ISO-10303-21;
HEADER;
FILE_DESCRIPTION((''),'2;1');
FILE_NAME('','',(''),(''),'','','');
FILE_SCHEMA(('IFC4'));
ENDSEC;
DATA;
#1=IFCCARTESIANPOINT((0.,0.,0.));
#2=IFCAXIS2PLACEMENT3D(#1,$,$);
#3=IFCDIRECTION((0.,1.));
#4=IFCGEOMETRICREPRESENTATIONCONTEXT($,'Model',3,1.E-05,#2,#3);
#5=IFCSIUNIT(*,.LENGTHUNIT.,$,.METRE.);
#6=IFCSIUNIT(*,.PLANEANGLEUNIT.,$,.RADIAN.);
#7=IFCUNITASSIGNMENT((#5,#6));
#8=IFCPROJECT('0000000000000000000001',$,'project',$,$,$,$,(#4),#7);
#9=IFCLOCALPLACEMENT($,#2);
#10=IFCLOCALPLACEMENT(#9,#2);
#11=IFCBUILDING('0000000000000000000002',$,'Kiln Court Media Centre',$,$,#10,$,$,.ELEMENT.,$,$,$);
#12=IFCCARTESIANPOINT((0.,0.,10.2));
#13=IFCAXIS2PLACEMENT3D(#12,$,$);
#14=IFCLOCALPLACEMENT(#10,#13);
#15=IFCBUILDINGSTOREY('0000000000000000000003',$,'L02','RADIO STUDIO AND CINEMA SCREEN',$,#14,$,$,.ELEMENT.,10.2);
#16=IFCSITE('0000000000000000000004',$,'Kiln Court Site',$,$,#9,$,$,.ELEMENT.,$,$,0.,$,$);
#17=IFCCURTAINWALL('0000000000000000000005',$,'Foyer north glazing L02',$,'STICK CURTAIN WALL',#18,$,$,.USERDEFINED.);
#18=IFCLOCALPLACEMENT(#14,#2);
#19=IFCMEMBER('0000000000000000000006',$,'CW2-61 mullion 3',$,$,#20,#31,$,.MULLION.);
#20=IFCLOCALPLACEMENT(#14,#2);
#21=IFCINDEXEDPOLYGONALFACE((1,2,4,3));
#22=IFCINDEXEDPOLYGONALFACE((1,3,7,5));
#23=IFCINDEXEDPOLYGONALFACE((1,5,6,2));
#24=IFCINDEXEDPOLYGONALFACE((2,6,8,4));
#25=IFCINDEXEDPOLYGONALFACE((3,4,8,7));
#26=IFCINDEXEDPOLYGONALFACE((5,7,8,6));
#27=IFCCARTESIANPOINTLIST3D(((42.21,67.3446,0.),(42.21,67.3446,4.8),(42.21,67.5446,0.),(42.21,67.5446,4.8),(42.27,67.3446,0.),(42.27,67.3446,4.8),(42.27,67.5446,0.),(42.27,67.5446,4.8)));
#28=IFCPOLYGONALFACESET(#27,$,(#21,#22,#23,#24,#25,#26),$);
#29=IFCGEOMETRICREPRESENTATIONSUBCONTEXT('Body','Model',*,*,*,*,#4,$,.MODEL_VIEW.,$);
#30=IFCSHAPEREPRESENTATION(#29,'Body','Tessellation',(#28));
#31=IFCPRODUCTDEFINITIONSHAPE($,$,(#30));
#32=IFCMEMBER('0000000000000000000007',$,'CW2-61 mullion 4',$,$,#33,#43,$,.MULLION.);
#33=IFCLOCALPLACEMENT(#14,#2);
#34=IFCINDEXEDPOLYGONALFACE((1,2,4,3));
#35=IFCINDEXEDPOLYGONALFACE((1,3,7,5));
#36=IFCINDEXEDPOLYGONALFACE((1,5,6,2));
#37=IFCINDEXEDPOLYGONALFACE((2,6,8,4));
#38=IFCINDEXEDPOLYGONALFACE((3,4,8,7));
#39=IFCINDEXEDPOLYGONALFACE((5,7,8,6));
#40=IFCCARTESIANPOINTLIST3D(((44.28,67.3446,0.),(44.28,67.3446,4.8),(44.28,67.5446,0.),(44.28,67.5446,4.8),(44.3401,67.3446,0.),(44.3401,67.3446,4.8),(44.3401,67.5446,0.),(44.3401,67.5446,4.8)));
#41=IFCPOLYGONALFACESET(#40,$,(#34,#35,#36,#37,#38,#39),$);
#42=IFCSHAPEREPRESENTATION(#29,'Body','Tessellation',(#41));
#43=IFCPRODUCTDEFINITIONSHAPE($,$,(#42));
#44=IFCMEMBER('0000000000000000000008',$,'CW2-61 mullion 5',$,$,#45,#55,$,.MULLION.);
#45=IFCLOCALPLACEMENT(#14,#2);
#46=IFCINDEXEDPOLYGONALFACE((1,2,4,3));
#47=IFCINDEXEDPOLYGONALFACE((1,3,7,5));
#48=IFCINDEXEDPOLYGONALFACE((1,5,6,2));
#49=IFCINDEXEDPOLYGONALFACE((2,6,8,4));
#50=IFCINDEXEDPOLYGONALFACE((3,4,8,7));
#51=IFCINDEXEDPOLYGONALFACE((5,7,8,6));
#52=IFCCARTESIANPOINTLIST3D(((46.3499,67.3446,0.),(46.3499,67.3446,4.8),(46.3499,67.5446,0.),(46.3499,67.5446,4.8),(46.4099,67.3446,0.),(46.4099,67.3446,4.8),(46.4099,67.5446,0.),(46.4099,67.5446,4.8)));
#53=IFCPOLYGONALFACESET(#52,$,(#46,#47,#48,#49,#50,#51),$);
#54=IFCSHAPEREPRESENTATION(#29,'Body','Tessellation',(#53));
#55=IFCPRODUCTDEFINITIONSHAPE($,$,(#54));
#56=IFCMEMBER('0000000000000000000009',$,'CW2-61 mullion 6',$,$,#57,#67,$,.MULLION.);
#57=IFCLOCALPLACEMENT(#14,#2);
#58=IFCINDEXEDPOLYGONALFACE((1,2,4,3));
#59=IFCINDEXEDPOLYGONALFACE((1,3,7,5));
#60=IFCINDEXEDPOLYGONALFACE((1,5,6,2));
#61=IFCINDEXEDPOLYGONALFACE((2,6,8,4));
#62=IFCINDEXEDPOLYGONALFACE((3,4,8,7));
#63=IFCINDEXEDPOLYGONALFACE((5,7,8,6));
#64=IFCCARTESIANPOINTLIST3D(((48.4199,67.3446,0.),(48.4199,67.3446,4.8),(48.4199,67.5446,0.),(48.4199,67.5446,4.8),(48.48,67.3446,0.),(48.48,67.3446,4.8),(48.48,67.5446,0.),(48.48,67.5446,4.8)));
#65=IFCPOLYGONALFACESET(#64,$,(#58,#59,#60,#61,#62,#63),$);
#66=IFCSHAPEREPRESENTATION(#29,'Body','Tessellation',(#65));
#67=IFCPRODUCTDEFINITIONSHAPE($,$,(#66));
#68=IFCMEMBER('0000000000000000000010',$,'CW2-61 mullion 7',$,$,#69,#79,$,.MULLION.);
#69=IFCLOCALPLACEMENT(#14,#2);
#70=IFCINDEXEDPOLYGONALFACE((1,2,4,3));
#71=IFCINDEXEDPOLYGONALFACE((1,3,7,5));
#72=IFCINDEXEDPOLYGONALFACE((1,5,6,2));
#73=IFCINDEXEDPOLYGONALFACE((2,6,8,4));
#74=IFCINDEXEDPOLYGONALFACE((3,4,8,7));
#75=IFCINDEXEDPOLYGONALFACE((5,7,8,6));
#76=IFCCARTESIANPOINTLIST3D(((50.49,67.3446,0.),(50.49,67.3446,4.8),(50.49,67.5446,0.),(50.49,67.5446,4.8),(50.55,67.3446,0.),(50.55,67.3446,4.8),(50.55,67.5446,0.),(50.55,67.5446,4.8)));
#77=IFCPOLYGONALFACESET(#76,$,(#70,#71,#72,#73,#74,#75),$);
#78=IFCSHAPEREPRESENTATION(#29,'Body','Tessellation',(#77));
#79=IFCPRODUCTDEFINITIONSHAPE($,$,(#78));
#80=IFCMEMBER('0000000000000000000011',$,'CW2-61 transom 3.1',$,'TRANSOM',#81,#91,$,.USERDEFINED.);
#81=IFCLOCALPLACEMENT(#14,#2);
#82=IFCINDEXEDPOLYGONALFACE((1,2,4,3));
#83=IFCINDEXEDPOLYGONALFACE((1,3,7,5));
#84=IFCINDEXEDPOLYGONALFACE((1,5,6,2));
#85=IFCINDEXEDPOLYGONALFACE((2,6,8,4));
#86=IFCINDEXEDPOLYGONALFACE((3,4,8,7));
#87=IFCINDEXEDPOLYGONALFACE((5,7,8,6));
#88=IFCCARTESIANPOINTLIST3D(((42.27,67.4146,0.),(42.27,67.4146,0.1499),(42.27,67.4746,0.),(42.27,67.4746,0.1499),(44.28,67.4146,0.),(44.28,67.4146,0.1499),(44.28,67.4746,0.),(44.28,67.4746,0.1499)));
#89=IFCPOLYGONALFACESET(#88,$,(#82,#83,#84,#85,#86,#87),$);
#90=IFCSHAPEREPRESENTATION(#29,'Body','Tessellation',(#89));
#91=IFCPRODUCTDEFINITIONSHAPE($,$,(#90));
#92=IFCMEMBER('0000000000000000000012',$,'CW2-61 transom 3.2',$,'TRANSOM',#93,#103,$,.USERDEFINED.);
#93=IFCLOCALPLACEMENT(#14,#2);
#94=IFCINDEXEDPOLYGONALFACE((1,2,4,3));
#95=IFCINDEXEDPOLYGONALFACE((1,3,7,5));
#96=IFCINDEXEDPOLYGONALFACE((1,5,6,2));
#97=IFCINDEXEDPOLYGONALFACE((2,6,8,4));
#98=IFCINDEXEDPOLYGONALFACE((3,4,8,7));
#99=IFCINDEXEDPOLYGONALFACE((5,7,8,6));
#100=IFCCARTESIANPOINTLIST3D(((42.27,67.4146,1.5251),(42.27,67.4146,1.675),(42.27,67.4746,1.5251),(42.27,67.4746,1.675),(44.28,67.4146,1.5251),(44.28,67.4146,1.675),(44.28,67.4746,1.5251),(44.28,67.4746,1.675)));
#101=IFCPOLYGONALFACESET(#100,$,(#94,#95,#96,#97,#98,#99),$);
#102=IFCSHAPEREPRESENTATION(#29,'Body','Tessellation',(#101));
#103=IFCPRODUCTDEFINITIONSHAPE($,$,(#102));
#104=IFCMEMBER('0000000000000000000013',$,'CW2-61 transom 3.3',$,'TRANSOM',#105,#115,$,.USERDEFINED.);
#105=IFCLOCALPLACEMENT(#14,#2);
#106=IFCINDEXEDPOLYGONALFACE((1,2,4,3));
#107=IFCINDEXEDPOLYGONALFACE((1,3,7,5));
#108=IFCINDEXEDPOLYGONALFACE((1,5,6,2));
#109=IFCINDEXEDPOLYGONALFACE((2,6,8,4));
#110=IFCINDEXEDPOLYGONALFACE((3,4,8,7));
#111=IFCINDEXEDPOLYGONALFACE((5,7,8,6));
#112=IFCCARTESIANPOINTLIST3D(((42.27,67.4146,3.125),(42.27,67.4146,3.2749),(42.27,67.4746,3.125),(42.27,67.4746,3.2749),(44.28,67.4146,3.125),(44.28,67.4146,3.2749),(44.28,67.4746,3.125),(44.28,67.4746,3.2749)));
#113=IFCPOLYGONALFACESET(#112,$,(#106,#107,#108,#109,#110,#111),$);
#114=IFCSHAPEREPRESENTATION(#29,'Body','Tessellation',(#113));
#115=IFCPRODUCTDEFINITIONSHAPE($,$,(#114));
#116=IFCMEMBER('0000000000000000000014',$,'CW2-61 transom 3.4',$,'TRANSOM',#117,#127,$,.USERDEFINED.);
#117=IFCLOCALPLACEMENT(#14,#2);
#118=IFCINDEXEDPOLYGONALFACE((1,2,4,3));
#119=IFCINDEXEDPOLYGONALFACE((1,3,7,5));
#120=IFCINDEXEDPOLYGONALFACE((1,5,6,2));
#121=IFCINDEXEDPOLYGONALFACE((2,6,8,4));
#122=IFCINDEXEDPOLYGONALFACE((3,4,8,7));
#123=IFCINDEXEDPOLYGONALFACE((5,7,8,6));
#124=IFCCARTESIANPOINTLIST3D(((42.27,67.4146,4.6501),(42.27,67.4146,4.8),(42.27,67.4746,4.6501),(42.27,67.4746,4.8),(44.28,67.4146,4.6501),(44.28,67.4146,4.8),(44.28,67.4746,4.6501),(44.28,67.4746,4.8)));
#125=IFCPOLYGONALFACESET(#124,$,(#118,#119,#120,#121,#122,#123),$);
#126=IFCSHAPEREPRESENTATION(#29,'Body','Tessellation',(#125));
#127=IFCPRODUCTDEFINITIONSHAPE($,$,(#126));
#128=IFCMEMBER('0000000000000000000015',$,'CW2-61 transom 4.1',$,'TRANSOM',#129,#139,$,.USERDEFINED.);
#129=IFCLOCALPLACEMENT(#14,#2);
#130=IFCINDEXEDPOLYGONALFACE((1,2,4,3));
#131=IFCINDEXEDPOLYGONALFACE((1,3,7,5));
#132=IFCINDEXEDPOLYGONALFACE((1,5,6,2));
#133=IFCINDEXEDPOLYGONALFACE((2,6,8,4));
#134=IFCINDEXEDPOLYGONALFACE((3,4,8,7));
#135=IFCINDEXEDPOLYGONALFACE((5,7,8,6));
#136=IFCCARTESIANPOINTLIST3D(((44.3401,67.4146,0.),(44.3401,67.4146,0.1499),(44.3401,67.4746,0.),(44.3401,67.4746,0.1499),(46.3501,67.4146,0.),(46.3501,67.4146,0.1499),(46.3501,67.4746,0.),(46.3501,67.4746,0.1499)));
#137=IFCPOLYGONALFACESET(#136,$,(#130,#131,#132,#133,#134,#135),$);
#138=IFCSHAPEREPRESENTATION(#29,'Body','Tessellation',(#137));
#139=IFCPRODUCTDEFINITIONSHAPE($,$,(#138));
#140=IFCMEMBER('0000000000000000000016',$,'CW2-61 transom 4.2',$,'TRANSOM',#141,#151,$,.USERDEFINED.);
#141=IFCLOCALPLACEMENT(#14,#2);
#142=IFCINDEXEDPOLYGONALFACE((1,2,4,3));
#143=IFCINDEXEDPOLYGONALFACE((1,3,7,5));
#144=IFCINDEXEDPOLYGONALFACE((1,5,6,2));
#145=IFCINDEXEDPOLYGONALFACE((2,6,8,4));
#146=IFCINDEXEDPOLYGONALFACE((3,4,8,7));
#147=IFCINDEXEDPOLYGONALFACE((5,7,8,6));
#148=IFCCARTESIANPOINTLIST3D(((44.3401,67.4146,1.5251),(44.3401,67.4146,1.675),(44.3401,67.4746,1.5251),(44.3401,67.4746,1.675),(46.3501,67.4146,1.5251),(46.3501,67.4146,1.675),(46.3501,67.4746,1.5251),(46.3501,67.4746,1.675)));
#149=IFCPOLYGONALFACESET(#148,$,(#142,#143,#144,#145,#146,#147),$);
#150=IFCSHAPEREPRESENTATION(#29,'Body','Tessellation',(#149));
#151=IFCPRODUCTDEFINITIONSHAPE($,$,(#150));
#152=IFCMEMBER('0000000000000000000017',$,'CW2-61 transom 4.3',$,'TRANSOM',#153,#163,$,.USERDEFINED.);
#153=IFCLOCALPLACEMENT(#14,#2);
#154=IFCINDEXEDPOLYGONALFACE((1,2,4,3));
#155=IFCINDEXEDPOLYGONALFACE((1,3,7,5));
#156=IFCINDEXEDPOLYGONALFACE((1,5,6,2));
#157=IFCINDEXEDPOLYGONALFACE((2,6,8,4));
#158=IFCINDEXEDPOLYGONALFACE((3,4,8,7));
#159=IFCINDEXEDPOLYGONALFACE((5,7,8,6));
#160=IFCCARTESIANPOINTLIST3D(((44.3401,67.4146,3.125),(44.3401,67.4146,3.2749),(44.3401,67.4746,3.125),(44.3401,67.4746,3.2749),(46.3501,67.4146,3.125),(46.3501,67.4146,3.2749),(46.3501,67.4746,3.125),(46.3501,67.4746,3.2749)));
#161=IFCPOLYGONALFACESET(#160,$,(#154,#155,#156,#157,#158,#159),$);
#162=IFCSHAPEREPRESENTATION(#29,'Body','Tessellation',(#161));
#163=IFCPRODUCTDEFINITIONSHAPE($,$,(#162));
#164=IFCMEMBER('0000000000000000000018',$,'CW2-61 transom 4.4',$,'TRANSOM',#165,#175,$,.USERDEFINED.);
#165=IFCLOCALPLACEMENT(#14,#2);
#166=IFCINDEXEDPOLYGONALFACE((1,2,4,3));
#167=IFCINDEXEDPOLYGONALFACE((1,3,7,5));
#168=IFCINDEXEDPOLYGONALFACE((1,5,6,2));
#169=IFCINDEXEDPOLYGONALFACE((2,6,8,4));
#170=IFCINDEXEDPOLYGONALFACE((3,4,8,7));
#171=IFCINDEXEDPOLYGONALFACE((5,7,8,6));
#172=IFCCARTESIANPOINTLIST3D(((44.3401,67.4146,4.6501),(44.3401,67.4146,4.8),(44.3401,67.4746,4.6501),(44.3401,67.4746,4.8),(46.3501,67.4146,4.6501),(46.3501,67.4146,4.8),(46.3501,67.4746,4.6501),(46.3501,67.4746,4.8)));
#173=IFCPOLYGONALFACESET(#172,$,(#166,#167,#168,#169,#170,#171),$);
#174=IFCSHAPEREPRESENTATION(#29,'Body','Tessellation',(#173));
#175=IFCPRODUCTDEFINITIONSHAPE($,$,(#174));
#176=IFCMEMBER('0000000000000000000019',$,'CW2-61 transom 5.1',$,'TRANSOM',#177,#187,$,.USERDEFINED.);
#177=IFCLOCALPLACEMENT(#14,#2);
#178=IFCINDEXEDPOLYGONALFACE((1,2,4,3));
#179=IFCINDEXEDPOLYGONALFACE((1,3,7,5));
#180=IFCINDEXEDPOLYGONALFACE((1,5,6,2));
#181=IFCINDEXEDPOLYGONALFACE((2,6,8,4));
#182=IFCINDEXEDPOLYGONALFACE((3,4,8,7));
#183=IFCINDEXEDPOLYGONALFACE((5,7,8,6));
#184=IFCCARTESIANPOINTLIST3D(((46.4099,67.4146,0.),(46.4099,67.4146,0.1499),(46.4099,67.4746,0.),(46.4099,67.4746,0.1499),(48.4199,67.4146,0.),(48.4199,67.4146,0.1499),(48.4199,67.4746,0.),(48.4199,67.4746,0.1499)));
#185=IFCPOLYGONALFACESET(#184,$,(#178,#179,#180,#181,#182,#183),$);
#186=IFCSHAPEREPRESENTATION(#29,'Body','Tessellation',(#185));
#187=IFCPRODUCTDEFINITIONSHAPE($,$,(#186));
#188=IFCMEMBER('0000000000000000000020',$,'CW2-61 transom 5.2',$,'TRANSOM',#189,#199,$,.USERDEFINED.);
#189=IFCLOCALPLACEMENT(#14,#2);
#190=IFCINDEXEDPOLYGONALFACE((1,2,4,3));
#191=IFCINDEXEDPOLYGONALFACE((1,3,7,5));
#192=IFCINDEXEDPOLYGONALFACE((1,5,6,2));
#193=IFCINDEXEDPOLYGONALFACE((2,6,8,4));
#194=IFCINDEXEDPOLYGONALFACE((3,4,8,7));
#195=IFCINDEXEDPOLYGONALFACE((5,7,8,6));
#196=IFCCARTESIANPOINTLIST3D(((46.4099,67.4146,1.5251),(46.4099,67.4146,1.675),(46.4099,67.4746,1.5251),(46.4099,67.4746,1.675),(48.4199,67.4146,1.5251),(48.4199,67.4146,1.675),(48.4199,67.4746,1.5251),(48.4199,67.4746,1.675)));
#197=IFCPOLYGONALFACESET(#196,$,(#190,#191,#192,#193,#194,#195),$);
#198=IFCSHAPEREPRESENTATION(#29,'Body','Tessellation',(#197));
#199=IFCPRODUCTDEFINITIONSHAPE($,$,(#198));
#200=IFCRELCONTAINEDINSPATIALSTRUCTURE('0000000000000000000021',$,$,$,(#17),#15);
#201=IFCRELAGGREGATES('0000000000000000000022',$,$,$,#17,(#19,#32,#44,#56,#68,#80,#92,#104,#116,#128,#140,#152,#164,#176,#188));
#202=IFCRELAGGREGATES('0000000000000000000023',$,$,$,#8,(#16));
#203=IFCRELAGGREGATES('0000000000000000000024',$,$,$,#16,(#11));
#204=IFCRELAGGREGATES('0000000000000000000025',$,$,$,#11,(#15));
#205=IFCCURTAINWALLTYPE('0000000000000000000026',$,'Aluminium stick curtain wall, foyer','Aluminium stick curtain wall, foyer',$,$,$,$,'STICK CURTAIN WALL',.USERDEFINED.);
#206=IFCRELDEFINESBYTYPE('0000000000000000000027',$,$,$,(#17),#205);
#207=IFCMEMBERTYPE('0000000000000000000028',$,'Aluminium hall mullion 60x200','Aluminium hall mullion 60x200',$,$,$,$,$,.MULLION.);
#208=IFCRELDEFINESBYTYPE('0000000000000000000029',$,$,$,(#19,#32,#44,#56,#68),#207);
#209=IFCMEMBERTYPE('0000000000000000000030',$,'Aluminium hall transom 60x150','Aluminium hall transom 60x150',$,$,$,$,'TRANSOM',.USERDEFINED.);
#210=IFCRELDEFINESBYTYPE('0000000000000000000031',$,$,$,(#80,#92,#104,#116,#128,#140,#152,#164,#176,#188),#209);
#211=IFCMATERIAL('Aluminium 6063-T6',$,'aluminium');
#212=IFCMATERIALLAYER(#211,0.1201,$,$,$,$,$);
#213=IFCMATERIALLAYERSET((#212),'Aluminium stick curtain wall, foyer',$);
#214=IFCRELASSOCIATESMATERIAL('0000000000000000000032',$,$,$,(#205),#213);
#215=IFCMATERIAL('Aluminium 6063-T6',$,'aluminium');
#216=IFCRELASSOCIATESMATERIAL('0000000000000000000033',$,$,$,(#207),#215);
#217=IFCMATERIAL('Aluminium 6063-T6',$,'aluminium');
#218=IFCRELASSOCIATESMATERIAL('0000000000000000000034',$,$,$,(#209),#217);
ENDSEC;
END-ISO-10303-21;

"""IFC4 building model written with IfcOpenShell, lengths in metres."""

from ifc_helpers import new_model, si_unit, direction, frame, origin, origin_2d, place, context, subcontext, project, spatial, rectangle, extrude, material, layer, layer_set, material_profile, profile_set, type_object, element, aggregate, save


model = new_model("IFC4")

# Units and contexts
model_context = context("Model", 3, precision=1e-05, world=origin(), true_north=direction((0.0, 1.0)))
body_context = subcontext(model_context, "Body", "Model", "MODEL_VIEW")
ifc_project = project(units=[si_unit("LENGTHUNIT", "METRE"), si_unit("PLANEANGLEUNIT", "RADIAN")], contexts=[model_context])

# Site, building, storey
site_placement = place(None, origin())
site = spatial("IfcSite", under=ifc_project, at=site_placement, Name="Kiln Court Site", CompositionType="ELEMENT", RefElevation=0.0)
building_placement = place(site_placement, origin())
building = spatial("IfcBuilding", under=site, at=building_placement, Name="Kiln Court Media Centre", CompositionType="ELEMENT")
storey_placement = place(building_placement, frame((0.0, 0.0, 10.2)))
storey = spatial("IfcBuildingStorey", under=building, at=storey_placement, Name="L02", Description="RADIO STUDIO AND CINEMA SCREEN", CompositionType="ELEMENT", Elevation=10.2)

# Curtain wall, members
ifc_material_1 = material(Name="Aluminium 6063-T6", Category="aluminium")
ifc_layer_1 = layer(ifc_material_1, 0.1201)
ifc_layer_set_1 = layer_set([ifc_layer_1], Name="Aluminium stick curtain wall, foyer")
curtain_wall_type = type_object("IfcCurtainWallType", Name="Aluminium stick curtain wall, foyer", Description="Aluminium stick curtain wall, foyer", ElementType="STICK CURTAIN WALL", PredefinedType="USERDEFINED", material=ifc_layer_set_1)
curtain_wall_placement = place(storey_placement, origin())
curtain_wall = element("IfcCurtainWall", 1, at=curtain_wall_placement, inside=storey, type_object=curtain_wall_type, Name="Foyer north glazing L02", ObjectType="STICK CURTAIN WALL", PredefinedType="USERDEFINED")
ifc_material_2 = material(Name="Aluminium 6063-T6", Category="aluminium")
ifc_material_profile_1 = material_profile(ifc_material_2, rectangle(XDim=0.0601, YDim=0.2, at=origin_2d()), Name="Aluminium hall mullion 60x200")
ifc_profile_set_1 = profile_set([ifc_material_profile_1], Name="Aluminium 6063-T6")
member_type_1 = type_object("IfcMemberType", Name="Aluminium hall mullion 60x200", Description="Aluminium hall mullion 60x200", PredefinedType="MULLION", material=ifc_profile_set_1)
member_1_placement = place(storey_placement, frame((42.24, 67.4446, 0.0), z_axis=(0.0, 0.0, 1.0), x_axis=(1.0, 0.0, 0.0)))
member_1 = element("IfcMember", 2, at=member_1_placement, type_object=member_type_1, Name="CW2-61 mullion 3", PredefinedType="MULLION", context=body_context, shape_type="SweptSolid", body=[
    extrude(rectangle(XDim=0.0601, YDim=0.2, at=origin_2d()), origin(), (0.0, 0.0, 1.0), 4.8),
])
member_2_placement = place(storey_placement, frame((44.3101, 67.4446, 0.0), z_axis=(0.0, 0.0, 1.0), x_axis=(1.0, 0.0, 0.0)))
member_2 = element("IfcMember", 3, at=member_2_placement, type_object=member_type_1, Name="CW2-61 mullion 4", PredefinedType="MULLION", context=body_context, shape_type="SweptSolid", body=[
    extrude(rectangle(XDim=0.0601, YDim=0.2, at=origin_2d()), origin(), (0.0, 0.0, 1.0), 4.8),
])
member_3_placement = place(storey_placement, frame((46.3799, 67.4446, 0.0), z_axis=(0.0, 0.0, 1.0), x_axis=(1.0, 0.0, 0.0)))
member_3 = element("IfcMember", 4, at=member_3_placement, type_object=member_type_1, Name="CW2-61 mullion 5", PredefinedType="MULLION", context=body_context, shape_type="SweptSolid", body=[
    extrude(rectangle(XDim=0.0601, YDim=0.2, at=origin_2d()), origin(), (0.0, 0.0, 1.0), 4.8),
])
member_4_placement = place(storey_placement, frame((48.45, 67.4446, 0.0), z_axis=(0.0, 0.0, 1.0), x_axis=(1.0, 0.0, 0.0)))
member_4 = element("IfcMember", 5, at=member_4_placement, type_object=member_type_1, Name="CW2-61 mullion 6", PredefinedType="MULLION", context=body_context, shape_type="SweptSolid", body=[
    extrude(rectangle(XDim=0.0601, YDim=0.2, at=origin_2d()), origin(), (0.0, 0.0, 1.0), 4.8),
])
member_5_placement = place(storey_placement, frame((50.52, 67.4446, 0.0), z_axis=(0.0, 0.0, 1.0), x_axis=(1.0, 0.0, 0.0)))
member_5 = element("IfcMember", 6, at=member_5_placement, type_object=member_type_1, Name="CW2-61 mullion 7", PredefinedType="MULLION", context=body_context, shape_type="SweptSolid", body=[
    extrude(rectangle(XDim=0.0601, YDim=0.2, at=origin_2d()), origin(), (0.0, 0.0, 1.0), 4.8),
])
ifc_material_3 = material(Name="Aluminium 6063-T6", Category="aluminium")
ifc_material_profile_2 = material_profile(ifc_material_3, rectangle(XDim=0.0601, YDim=0.1499, at=origin_2d()), Name="Aluminium hall transom 60x150")
ifc_profile_set_2 = profile_set([ifc_material_profile_2], Name="Aluminium 6063-T6")
member_type_2 = type_object("IfcMemberType", Name="Aluminium hall transom 60x150", Description="Aluminium hall transom 60x150", ElementType="TRANSOM", PredefinedType="USERDEFINED", material=ifc_profile_set_2)
member_6_placement = place(storey_placement, frame((42.27, 67.4446, 0.075), z_axis=(1.0, 0.0, 0.0), x_axis=(0.0, 1.0, 0.0)))
member_6 = element("IfcMember", 7, at=member_6_placement, type_object=member_type_2, Name="CW2-61 transom 3.1", ObjectType="TRANSOM", PredefinedType="USERDEFINED", context=body_context, shape_type="SweptSolid", body=[
    extrude(rectangle(XDim=0.0601, YDim=0.1499, at=origin_2d()), origin(), (0.0, 0.0, 1.0), 2.01),
])
member_7_placement = place(storey_placement, frame((42.27, 67.4446, 1.6001), z_axis=(1.0, 0.0, 0.0), x_axis=(0.0, 1.0, 0.0)))
member_7 = element("IfcMember", 8, at=member_7_placement, type_object=member_type_2, Name="CW2-61 transom 3.2", ObjectType="TRANSOM", PredefinedType="USERDEFINED", context=body_context, shape_type="SweptSolid", body=[
    extrude(rectangle(XDim=0.0601, YDim=0.1499, at=origin_2d()), origin(), (0.0, 0.0, 1.0), 2.01),
])
member_8_placement = place(storey_placement, frame((42.27, 67.4446, 3.2), z_axis=(1.0, 0.0, 0.0), x_axis=(0.0, 1.0, 0.0)))
member_8 = element("IfcMember", 9, at=member_8_placement, type_object=member_type_2, Name="CW2-61 transom 3.3", ObjectType="TRANSOM", PredefinedType="USERDEFINED", context=body_context, shape_type="SweptSolid", body=[
    extrude(rectangle(XDim=0.0601, YDim=0.1499, at=origin_2d()), origin(), (0.0, 0.0, 1.0), 2.01),
])
member_9_placement = place(storey_placement, frame((42.27, 67.4446, 4.7251), z_axis=(1.0, 0.0, 0.0), x_axis=(0.0, 1.0, 0.0)))
member_9 = element("IfcMember", 10, at=member_9_placement, type_object=member_type_2, Name="CW2-61 transom 3.4", ObjectType="TRANSOM", PredefinedType="USERDEFINED", context=body_context, shape_type="SweptSolid", body=[
    extrude(rectangle(XDim=0.0601, YDim=0.1499, at=origin_2d()), origin(), (0.0, 0.0, 1.0), 2.01),
])
member_10_placement = place(storey_placement, frame((44.3401, 67.4446, 0.075), z_axis=(1.0, 0.0, 0.0), x_axis=(0.0, 1.0, 0.0)))
member_10 = element("IfcMember", 11, at=member_10_placement, type_object=member_type_2, Name="CW2-61 transom 4.1", ObjectType="TRANSOM", PredefinedType="USERDEFINED", context=body_context, shape_type="SweptSolid", body=[
    extrude(rectangle(XDim=0.0601, YDim=0.1499, at=origin_2d()), origin(), (0.0, 0.0, 1.0), 2.01),
])
member_11_placement = place(storey_placement, frame((44.3401, 67.4446, 1.6001), z_axis=(1.0, 0.0, 0.0), x_axis=(0.0, 1.0, 0.0)))
member_11 = element("IfcMember", 12, at=member_11_placement, type_object=member_type_2, Name="CW2-61 transom 4.2", ObjectType="TRANSOM", PredefinedType="USERDEFINED", context=body_context, shape_type="SweptSolid", body=[
    extrude(rectangle(XDim=0.0601, YDim=0.1499, at=origin_2d()), origin(), (0.0, 0.0, 1.0), 2.01),
])
member_12_placement = place(storey_placement, frame((44.3401, 67.4446, 3.2), z_axis=(1.0, 0.0, 0.0), x_axis=(0.0, 1.0, 0.0)))
member_12 = element("IfcMember", 13, at=member_12_placement, type_object=member_type_2, Name="CW2-61 transom 4.3", ObjectType="TRANSOM", PredefinedType="USERDEFINED", context=body_context, shape_type="SweptSolid", body=[
    extrude(rectangle(XDim=0.0601, YDim=0.1499, at=origin_2d()), origin(), (0.0, 0.0, 1.0), 2.01),
])
member_13_placement = place(storey_placement, frame((44.3401, 67.4446, 4.7251), z_axis=(1.0, 0.0, 0.0), x_axis=(0.0, 1.0, 0.0)))
member_13 = element("IfcMember", 14, at=member_13_placement, type_object=member_type_2, Name="CW2-61 transom 4.4", ObjectType="TRANSOM", PredefinedType="USERDEFINED", context=body_context, shape_type="SweptSolid", body=[
    extrude(rectangle(XDim=0.0601, YDim=0.1499, at=origin_2d()), origin(), (0.0, 0.0, 1.0), 2.01),
])
member_14_placement = place(storey_placement, frame((46.4099, 67.4446, 0.075), z_axis=(1.0, 0.0, 0.0), x_axis=(0.0, 1.0, 0.0)))
member_14 = element("IfcMember", 15, at=member_14_placement, type_object=member_type_2, Name="CW2-61 transom 5.1", ObjectType="TRANSOM", PredefinedType="USERDEFINED", context=body_context, shape_type="SweptSolid", body=[
    extrude(rectangle(XDim=0.0601, YDim=0.1499, at=origin_2d()), origin(), (0.0, 0.0, 1.0), 2.01),
])
member_15_placement = place(storey_placement, frame((46.4099, 67.4446, 1.6001), z_axis=(1.0, 0.0, 0.0), x_axis=(0.0, 1.0, 0.0)))
member_15 = element("IfcMember", 16, at=member_15_placement, type_object=member_type_2, Name="CW2-61 transom 5.2", ObjectType="TRANSOM", PredefinedType="USERDEFINED", context=body_context, shape_type="SweptSolid", body=[
    extrude(rectangle(XDim=0.0601, YDim=0.1499, at=origin_2d()), origin(), (0.0, 0.0, 1.0), 2.01),
])
aggregate(curtain_wall, [member_1, member_2, member_3, member_4, member_5, member_6, member_7, member_8, member_9, member_10, member_11, member_12, member_13, member_14, member_15])

save(model, "model.ifc")
